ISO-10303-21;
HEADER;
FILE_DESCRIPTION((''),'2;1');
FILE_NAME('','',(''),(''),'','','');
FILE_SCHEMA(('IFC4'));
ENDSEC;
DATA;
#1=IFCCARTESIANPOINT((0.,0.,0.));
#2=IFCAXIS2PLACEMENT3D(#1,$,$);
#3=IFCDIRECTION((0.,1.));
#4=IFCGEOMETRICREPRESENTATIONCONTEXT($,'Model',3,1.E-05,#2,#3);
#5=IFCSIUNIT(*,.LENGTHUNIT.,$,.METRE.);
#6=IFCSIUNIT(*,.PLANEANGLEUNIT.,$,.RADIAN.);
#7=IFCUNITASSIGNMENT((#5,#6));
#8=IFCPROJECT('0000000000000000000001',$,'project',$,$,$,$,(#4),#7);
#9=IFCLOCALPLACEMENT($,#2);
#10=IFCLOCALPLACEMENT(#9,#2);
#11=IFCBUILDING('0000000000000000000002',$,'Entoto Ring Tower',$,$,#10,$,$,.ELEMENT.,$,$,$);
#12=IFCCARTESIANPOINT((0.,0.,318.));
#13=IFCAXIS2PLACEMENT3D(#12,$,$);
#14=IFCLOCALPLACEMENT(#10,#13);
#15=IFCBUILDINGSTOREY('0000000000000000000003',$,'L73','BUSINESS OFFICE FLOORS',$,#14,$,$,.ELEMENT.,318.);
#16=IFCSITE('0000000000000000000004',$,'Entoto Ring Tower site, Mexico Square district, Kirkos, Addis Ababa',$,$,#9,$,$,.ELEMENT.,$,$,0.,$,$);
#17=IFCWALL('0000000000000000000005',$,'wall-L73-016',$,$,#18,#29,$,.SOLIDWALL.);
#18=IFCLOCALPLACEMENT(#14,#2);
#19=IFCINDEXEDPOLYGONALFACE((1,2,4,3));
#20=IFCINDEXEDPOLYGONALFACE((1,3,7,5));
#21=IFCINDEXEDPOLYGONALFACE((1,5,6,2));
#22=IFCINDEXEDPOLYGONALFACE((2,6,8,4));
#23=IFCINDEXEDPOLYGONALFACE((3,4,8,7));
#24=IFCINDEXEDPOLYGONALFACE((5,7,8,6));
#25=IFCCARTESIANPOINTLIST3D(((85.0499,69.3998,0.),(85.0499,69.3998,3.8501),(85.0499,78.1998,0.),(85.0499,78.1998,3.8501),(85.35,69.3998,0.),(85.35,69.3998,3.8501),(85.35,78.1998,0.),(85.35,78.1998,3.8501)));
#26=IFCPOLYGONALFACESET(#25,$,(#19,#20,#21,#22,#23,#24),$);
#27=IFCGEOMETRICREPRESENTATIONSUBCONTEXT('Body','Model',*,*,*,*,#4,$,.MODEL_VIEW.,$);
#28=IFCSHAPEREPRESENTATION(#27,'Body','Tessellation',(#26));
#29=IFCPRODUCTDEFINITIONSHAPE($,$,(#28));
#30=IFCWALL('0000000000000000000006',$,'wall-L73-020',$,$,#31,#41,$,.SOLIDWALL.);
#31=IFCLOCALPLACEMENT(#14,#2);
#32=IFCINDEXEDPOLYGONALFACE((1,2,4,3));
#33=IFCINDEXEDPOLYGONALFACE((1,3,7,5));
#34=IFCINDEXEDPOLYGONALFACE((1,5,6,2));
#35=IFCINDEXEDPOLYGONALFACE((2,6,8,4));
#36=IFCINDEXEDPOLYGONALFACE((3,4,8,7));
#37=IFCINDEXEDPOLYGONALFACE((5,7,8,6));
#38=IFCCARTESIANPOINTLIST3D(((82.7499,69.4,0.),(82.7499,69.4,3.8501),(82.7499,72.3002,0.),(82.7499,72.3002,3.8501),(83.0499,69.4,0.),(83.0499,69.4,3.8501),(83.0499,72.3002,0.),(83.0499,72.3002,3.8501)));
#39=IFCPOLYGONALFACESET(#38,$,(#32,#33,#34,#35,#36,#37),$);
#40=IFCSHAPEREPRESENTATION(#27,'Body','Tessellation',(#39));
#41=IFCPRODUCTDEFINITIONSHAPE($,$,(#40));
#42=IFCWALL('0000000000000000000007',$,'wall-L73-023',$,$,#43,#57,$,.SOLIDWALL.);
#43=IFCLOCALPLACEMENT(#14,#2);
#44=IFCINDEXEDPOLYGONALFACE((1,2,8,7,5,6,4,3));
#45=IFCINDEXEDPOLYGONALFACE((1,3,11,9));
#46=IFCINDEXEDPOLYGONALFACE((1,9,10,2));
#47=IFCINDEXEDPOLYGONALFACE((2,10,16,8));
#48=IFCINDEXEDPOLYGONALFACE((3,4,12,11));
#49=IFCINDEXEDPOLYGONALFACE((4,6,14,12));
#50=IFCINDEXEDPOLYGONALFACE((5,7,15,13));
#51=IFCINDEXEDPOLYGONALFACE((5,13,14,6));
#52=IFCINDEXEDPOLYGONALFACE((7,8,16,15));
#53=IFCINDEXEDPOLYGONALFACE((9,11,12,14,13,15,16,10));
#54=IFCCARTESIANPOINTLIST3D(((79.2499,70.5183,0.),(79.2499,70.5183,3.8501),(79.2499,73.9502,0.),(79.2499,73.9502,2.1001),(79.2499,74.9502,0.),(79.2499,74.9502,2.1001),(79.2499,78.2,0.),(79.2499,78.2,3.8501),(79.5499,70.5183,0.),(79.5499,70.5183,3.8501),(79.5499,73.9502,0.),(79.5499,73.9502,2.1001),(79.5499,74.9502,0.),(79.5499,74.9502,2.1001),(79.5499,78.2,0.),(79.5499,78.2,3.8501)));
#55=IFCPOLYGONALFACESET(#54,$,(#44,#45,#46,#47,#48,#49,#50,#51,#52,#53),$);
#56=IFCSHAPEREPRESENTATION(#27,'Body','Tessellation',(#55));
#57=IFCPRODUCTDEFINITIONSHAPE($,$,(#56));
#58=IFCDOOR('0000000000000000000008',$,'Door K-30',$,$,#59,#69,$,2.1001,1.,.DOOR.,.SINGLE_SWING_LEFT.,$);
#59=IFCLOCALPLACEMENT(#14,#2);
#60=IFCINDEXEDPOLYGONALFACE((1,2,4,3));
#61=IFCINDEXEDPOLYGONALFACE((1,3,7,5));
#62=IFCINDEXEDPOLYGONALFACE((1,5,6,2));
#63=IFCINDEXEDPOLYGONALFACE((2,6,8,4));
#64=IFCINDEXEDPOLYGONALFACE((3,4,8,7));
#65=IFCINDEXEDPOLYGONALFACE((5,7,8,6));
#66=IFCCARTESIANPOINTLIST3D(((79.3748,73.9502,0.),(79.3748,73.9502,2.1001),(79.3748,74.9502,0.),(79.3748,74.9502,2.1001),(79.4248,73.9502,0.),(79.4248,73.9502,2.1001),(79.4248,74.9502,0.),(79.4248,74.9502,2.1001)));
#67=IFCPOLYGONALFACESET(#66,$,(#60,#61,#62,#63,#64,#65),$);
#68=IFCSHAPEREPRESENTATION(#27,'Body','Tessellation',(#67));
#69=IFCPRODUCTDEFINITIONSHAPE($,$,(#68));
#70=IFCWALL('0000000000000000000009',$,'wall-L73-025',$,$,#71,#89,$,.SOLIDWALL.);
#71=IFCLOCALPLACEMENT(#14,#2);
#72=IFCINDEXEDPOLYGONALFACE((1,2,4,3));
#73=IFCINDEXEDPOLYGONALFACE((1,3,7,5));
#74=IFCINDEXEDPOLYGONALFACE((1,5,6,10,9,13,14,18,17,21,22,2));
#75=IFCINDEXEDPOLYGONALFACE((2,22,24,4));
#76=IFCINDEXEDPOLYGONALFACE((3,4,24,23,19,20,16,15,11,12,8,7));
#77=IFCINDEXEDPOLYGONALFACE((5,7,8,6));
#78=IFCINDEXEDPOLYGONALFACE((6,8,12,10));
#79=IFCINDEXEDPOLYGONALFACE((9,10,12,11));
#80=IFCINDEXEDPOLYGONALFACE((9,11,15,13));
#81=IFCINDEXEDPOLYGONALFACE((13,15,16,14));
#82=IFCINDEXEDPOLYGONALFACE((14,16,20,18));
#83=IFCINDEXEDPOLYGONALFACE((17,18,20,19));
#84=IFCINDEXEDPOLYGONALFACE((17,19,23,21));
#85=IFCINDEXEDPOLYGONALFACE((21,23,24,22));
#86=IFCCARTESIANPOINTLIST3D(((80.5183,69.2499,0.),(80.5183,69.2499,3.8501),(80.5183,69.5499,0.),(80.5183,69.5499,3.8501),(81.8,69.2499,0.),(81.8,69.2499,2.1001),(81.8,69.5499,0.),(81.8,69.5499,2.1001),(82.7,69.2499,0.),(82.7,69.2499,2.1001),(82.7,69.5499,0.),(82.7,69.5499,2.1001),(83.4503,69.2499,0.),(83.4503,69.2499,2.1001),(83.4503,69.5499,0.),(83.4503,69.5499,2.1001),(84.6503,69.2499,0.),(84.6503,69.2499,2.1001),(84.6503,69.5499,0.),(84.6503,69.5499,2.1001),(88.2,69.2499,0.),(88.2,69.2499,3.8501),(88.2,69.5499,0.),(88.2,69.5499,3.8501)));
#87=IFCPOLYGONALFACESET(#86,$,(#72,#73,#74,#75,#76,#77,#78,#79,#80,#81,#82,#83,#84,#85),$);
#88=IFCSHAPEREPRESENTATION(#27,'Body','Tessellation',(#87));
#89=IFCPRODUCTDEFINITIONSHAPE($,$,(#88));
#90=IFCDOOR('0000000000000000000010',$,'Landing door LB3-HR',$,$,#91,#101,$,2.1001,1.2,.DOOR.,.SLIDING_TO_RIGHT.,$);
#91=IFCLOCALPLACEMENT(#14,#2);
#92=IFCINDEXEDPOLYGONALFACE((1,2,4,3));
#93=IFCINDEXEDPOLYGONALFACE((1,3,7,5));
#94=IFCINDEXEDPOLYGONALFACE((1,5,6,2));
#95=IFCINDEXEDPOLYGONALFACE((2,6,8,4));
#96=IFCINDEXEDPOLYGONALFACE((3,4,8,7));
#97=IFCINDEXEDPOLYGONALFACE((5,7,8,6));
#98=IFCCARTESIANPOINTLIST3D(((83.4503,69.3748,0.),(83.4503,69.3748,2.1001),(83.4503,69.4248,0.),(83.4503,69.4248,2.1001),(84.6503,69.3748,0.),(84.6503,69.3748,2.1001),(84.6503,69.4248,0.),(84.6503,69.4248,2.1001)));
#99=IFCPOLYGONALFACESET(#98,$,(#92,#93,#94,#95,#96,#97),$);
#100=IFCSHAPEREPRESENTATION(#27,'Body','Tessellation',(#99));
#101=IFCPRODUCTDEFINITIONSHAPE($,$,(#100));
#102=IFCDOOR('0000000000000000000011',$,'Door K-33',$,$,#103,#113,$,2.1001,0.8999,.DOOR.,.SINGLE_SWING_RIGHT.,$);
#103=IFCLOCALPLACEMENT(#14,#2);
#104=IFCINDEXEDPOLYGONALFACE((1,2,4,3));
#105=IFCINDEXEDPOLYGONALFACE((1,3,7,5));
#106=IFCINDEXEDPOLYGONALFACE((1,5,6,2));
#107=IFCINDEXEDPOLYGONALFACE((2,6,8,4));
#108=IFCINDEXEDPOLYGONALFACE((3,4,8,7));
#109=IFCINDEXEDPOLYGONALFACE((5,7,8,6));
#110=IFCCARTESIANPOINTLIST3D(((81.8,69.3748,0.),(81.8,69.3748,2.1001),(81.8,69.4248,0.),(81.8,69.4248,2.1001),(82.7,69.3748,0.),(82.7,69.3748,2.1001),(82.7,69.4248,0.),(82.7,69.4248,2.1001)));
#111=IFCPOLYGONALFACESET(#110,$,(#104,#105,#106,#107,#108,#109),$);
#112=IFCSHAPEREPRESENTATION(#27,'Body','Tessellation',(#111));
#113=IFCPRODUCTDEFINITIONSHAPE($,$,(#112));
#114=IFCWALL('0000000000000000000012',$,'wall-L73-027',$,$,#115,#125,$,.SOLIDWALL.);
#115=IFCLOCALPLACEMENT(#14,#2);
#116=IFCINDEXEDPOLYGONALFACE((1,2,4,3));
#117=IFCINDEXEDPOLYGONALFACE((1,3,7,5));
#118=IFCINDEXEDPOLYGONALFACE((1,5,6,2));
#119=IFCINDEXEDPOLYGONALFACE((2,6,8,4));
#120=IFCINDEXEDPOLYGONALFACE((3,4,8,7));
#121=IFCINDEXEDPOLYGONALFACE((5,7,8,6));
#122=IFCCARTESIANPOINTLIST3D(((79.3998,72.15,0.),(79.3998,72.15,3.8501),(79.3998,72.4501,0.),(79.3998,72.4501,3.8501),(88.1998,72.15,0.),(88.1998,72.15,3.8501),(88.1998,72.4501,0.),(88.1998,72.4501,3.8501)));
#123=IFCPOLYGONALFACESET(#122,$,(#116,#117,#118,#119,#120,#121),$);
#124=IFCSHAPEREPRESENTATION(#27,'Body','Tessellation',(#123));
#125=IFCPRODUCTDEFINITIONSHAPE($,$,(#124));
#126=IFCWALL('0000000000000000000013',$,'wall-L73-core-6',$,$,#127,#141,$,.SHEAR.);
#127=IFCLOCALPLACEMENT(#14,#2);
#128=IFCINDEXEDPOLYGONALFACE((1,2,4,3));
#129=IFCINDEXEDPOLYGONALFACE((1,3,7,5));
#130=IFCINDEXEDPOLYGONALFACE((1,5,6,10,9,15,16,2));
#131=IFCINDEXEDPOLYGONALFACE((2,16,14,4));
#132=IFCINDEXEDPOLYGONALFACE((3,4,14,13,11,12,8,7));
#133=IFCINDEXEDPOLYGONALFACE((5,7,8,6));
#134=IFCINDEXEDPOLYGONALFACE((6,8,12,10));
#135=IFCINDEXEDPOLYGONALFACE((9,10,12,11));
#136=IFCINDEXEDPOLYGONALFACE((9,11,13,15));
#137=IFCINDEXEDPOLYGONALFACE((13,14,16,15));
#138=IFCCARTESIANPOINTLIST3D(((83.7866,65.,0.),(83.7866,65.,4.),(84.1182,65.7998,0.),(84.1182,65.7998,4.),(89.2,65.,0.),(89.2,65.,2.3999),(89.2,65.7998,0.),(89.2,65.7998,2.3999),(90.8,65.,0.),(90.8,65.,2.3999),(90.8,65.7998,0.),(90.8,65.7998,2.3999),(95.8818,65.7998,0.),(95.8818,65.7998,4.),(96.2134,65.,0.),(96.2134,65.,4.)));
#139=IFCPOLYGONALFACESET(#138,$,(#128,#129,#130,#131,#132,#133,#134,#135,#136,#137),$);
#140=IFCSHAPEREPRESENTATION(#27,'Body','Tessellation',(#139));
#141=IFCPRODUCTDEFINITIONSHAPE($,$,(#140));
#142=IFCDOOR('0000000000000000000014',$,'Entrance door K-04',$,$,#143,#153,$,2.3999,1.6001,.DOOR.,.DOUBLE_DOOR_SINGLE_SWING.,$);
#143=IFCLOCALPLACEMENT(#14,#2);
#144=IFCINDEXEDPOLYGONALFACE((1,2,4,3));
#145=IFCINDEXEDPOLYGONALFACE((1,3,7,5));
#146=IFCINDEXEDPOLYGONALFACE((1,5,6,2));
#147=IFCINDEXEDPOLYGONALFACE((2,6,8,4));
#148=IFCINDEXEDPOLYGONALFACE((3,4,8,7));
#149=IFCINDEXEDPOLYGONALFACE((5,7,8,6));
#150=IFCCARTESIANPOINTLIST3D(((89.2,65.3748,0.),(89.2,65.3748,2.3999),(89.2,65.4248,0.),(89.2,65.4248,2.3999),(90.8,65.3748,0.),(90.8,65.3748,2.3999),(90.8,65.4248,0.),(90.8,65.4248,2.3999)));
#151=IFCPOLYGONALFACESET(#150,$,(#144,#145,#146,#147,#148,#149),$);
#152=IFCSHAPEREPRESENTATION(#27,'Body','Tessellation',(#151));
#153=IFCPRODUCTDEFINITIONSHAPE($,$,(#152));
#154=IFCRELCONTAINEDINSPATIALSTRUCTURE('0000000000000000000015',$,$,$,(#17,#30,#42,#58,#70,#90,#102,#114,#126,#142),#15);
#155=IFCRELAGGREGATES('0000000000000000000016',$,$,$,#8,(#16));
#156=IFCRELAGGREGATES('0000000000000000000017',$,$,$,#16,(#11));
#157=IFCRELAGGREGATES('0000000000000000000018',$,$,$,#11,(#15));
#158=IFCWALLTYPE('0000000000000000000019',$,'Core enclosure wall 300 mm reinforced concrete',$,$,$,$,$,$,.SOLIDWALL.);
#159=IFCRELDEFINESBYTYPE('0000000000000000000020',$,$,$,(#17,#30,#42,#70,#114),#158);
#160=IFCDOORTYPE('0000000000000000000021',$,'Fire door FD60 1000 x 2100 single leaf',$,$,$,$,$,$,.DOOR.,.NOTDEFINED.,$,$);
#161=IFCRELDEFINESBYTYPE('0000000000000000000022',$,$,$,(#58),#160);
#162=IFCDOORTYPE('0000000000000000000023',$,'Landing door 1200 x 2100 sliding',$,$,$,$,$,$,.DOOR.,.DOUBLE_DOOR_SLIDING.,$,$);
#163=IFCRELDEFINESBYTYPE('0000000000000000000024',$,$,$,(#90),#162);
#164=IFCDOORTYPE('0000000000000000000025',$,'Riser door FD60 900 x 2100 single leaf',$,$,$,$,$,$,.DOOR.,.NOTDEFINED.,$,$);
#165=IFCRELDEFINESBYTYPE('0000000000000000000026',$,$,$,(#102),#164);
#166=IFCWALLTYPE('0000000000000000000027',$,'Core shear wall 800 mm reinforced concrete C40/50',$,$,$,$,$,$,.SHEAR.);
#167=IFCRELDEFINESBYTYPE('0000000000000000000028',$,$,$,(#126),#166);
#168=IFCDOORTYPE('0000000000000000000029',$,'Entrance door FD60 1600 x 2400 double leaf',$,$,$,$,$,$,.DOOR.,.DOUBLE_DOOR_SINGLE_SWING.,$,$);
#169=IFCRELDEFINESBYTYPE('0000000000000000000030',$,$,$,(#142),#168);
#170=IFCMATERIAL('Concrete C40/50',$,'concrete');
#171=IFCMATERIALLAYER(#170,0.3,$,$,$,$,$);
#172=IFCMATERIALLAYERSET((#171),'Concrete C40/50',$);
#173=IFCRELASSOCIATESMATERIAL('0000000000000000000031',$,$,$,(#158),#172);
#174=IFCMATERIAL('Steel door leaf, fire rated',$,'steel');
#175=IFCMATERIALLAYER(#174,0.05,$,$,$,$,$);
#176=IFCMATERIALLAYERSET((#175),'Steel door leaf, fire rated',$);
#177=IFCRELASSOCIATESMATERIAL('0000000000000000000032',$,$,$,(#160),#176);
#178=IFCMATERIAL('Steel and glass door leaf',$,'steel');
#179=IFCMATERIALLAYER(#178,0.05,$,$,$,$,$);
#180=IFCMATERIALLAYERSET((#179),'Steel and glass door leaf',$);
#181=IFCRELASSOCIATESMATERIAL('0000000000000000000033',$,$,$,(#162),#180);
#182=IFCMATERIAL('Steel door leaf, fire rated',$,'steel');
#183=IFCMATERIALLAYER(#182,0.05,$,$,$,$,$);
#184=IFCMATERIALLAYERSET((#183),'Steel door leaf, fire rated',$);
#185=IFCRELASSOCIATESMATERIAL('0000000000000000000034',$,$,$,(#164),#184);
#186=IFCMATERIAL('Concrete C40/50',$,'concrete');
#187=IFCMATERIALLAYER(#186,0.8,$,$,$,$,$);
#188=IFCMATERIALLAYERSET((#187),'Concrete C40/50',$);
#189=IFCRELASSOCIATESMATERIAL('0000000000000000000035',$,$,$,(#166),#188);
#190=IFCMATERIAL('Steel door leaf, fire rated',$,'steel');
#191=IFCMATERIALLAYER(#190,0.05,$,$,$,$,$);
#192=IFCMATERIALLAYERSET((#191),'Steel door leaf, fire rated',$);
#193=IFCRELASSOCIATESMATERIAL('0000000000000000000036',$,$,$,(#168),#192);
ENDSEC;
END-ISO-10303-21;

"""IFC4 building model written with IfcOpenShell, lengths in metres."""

from ifc_helpers import new_model, si_unit, direction, frame, frame_2d, origin, place, context, subcontext, project, spatial, polyline, rectangle, outline, extrude, material, layer, layer_set, type_object, element, fill, save


model = new_model("IFC4")

# Units and contexts
model_context = context("Model", 3, precision=1e-05, world=origin(), true_north=direction((0.0, 1.0)))
body_context = subcontext(model_context, "Body", "Model", "MODEL_VIEW")
ifc_project = project(units=[si_unit("LENGTHUNIT", "METRE"), si_unit("PLANEANGLEUNIT", "RADIAN")], contexts=[model_context])

# Site, building, storey
site_placement = place(None, origin())
site = spatial("IfcSite", under=ifc_project, at=site_placement, Name="Entoto Ring Tower site, Mexico Square district, Kirkos, Addis Ababa", CompositionType="ELEMENT", RefElevation=0.0)
building_placement = place(site_placement, origin())
building = spatial("IfcBuilding", under=site, at=building_placement, Name="Entoto Ring Tower", CompositionType="ELEMENT")
storey_placement = place(building_placement, frame((0.0, 0.0, 318.0)))
storey = spatial("IfcBuildingStorey", under=building, at=storey_placement, Name="L73", Description="BUSINESS OFFICE FLOORS", CompositionType="ELEMENT", Elevation=318.0)

# Walls
ifc_material_1 = material(Name="Concrete C40/50", Category="concrete")
ifc_layer_1 = layer(ifc_material_1, 0.3)
ifc_layer_set_1 = layer_set([ifc_layer_1], Name="Concrete C40/50")
wall_type_1 = type_object("IfcWallType", Name="Core enclosure wall 300 mm reinforced concrete", PredefinedType="SOLIDWALL", material=ifc_layer_set_1)
wall_1_placement = place(storey_placement, frame((85.2, 69.3999, 0.0), z_axis=(0.0, 0.0, 1.0), x_axis=(0.0, 1.0, 0.0)))
element("IfcWall", 1, at=wall_1_placement, inside=storey, type_object=wall_type_1, Name="wall-L73-016", PredefinedType="SOLIDWALL", context=body_context, shape_type="SweptSolid", body=[
    extrude(rectangle(XDim=8.8, YDim=0.3, at=frame_2d((4.3999, 0.0))), origin(), (0.0, 0.0, 1.0), 3.8501),
])
wall_2_placement = place(storey_placement, frame((82.8999, 69.3999, 0.0), z_axis=(0.0, 0.0, 1.0), x_axis=(0.0, 1.0, 0.0)))
element("IfcWall", 2, at=wall_2_placement, inside=storey, type_object=wall_type_1, Name="wall-L73-020", PredefinedType="SOLIDWALL", context=body_context, shape_type="SweptSolid", body=[
    extrude(rectangle(XDim=2.9001, YDim=0.3, at=frame_2d((1.4502, 0.0))), origin(), (0.0, 0.0, 1.0), 3.8501),
])

# Wall, opening, door
wall_3_placement = place(storey_placement, frame((79.3999, 70.5183, 0.0), z_axis=(0.0, 0.0, 1.0), x_axis=(0.0, 1.0, 0.0)))
wall_3 = element("IfcWall", 3, at=wall_3_placement, inside=storey, type_object=wall_type_1, Name="wall-L73-023", PredefinedType="SOLIDWALL", context=body_context, shape_type="SweptSolid", body=[
    extrude(rectangle(XDim=7.6816, YDim=0.3, at=frame_2d((3.8408, 0.0))), origin(), (0.0, 0.0, 1.0), 3.8501),
])
opening_1_placement = place(wall_3_placement, frame((3.4319, 0.0, 0.0)))
opening_1 = element("IfcOpeningElement", 4, at=opening_1_placement, cuts=wall_3, PredefinedType="OPENING", context=body_context, shape_type="SweptSolid", body=[
    extrude(rectangle(XDim=1.0, YDim=2.1001, at=frame_2d((0.5, 1.05))), frame((0.0, 0.1602, 0.0), z_axis=(0.0, -1.0, 0.0), x_axis=(1.0, 0.0, 0.0)), (0.0, 0.0, 1.0), 0.3201),
])
ifc_material_2 = material(Name="Steel door leaf, fire rated", Category="steel")
ifc_layer_2 = layer(ifc_material_2, 0.05)
ifc_layer_set_2 = layer_set([ifc_layer_2], Name="Steel door leaf, fire rated")
door_type_1 = type_object("IfcDoorType", Name="Fire door FD60 1000 x 2100 single leaf", OperationType="NOTDEFINED", PredefinedType="DOOR", material=ifc_layer_set_2)
door_1_placement = place(opening_1_placement, frame((1.0, 0.0, 0.0), z_axis=(0.0, 0.0, 1.0), x_axis=(-1.0, 0.0, 0.0)))
door_1 = element("IfcDoor", 5, at=door_1_placement, inside=storey, type_object=door_type_1, Name="Door K-30", OperationType="SINGLE_SWING_LEFT", OverallHeight=2.1001, OverallWidth=1.0, PredefinedType="DOOR", context=body_context, shape_type="SweptSolid", body=[
    extrude(rectangle(XDim=1.0, YDim=2.1001, at=frame_2d((0.5, 1.05))), frame((0.0, 0.0249, 0.0), z_axis=(0.0, -1.0, 0.0), x_axis=(1.0, 0.0, 0.0)), (0.0, 0.0, 1.0), 0.05),
])
fill(opening_1, door_1)

# Wall, openings, doors
wall_4_placement = place(storey_placement, frame((80.5183, 69.3999, 0.0), z_axis=(0.0, 0.0, 1.0), x_axis=(1.0, 0.0, 0.0)))
wall_4 = element("IfcWall", 6, at=wall_4_placement, inside=storey, type_object=wall_type_1, Name="wall-L73-025", PredefinedType="SOLIDWALL", context=body_context, shape_type="SweptSolid", body=[
    extrude(rectangle(XDim=7.6816, YDim=0.3, at=frame_2d((3.8408, 0.0))), origin(), (0.0, 0.0, 1.0), 3.8501),
])
opening_2_placement = place(wall_4_placement, frame((2.9319, 0.0, 0.0)))
opening_2 = element("IfcOpeningElement", 7, at=opening_2_placement, cuts=wall_4, PredefinedType="OPENING", context=body_context, shape_type="SweptSolid", body=[
    extrude(rectangle(XDim=1.2, YDim=2.1001, at=frame_2d((0.6001, 1.05))), frame((0.0, 0.1602, 0.0), z_axis=(0.0, -1.0, 0.0), x_axis=(1.0, 0.0, 0.0)), (0.0, 0.0, 1.0), 0.3201),
])
opening_3_placement = place(wall_4_placement, frame((1.2817, 0.0, 0.0)))
opening_3 = element("IfcOpeningElement", 8, at=opening_3_placement, cuts=wall_4, PredefinedType="OPENING", context=body_context, shape_type="SweptSolid", body=[
    extrude(rectangle(XDim=0.8999, YDim=2.1001, at=frame_2d((0.45, 1.05))), frame((0.0, 0.1602, 0.0), z_axis=(0.0, -1.0, 0.0), x_axis=(1.0, 0.0, 0.0)), (0.0, 0.0, 1.0), 0.3201),
])
ifc_material_3 = material(Name="Steel and glass door leaf", Category="steel")
ifc_layer_3 = layer(ifc_material_3, 0.05)
ifc_layer_set_3 = layer_set([ifc_layer_3], Name="Steel and glass door leaf")
door_type_2 = type_object("IfcDoorType", Name="Landing door 1200 x 2100 sliding", OperationType="DOUBLE_DOOR_SLIDING", PredefinedType="DOOR", material=ifc_layer_set_3)
door_2_placement = place(opening_2_placement, origin())
door_2 = element("IfcDoor", 9, at=door_2_placement, inside=storey, type_object=door_type_2, Name="Landing door LB3-HR", OperationType="SLIDING_TO_RIGHT", OverallHeight=2.1001, OverallWidth=1.2, PredefinedType="DOOR", context=body_context, shape_type="SweptSolid", body=[
    extrude(rectangle(XDim=1.2, YDim=2.1001, at=frame_2d((0.6001, 1.05))), frame((0.0, 0.0249, 0.0), z_axis=(0.0, -1.0, 0.0), x_axis=(1.0, 0.0, 0.0)), (0.0, 0.0, 1.0), 0.05),
])
fill(opening_2, door_2)
ifc_material_4 = material(Name="Steel door leaf, fire rated", Category="steel")
ifc_layer_4 = layer(ifc_material_4, 0.05)
ifc_layer_set_4 = layer_set([ifc_layer_4], Name="Steel door leaf, fire rated")
door_type_3 = type_object("IfcDoorType", Name="Riser door FD60 900 x 2100 single leaf", OperationType="NOTDEFINED", PredefinedType="DOOR", material=ifc_layer_set_4)
door_3_placement = place(opening_3_placement, origin())
door_3 = element("IfcDoor", 10, at=door_3_placement, inside=storey, type_object=door_type_3, Name="Door K-33", OperationType="SINGLE_SWING_RIGHT", OverallHeight=2.1001, OverallWidth=0.8999, PredefinedType="DOOR", context=body_context, shape_type="SweptSolid", body=[
    extrude(rectangle(XDim=0.8999, YDim=2.1001, at=frame_2d((0.45, 1.05))), frame((0.0, 0.0249, 0.0), z_axis=(0.0, -1.0, 0.0), x_axis=(1.0, 0.0, 0.0)), (0.0, 0.0, 1.0), 0.05),
])
fill(opening_3, door_3)

# Wall
wall_5_placement = place(storey_placement, frame((79.3999, 72.3, 0.0), z_axis=(0.0, 0.0, 1.0), x_axis=(1.0, 0.0, 0.0)))
element("IfcWall", 11, at=wall_5_placement, inside=storey, type_object=wall_type_1, Name="wall-L73-027", PredefinedType="SOLIDWALL", context=body_context, shape_type="SweptSolid", body=[
    extrude(rectangle(XDim=8.8, YDim=0.3, at=frame_2d((4.3999, 0.0))), origin(), (0.0, 0.0, 1.0), 3.8501),
])

# Wall, opening, door
ifc_material_5 = material(Name="Concrete C40/50", Category="concrete")
ifc_layer_5 = layer(ifc_material_5, 0.8)
ifc_layer_set_5 = layer_set([ifc_layer_5], Name="Concrete C40/50")
wall_type_2 = type_object("IfcWallType", Name="Core shear wall 800 mm reinforced concrete C40/50", PredefinedType="SHEAR", material=ifc_layer_set_5)
wall_6_placement = place(storey_placement, frame((83.9524, 65.3999, 0.0), z_axis=(0.0, 0.0, 1.0), x_axis=(1.0, 0.0, 0.0)))
wall_6 = element("IfcWall", 12, at=wall_6_placement, inside=storey, type_object=wall_type_2, Name="wall-L73-core-6", PredefinedType="SHEAR", context=body_context, shape_type="SweptSolid", body=[
    extrude(outline(polyline([(-0.1658, -0.3999), (12.261, -0.3999), (11.9294, 0.3999), (0.1658, 0.3999), (-0.1658, -0.3999)])), origin(), (0.0, 0.0, 1.0), 4.0),
])
opening_4_placement = place(wall_6_placement, frame((5.2476, 0.0, 0.0)))
opening_4 = element("IfcOpeningElement", 13, at=opening_4_placement, cuts=wall_6, PredefinedType="OPENING", context=body_context, shape_type="SweptSolid", body=[
    extrude(rectangle(XDim=1.6001, YDim=2.3999, at=frame_2d((0.8, 1.2))), frame((0.0, 0.4102, 0.0), z_axis=(0.0, -1.0, 0.0), x_axis=(1.0, 0.0, 0.0)), (0.0, 0.0, 1.0), 0.8201),
])
ifc_material_6 = material(Name="Steel door leaf, fire rated", Category="steel")
ifc_layer_6 = layer(ifc_material_6, 0.05)
ifc_layer_set_6 = layer_set([ifc_layer_6], Name="Steel door leaf, fire rated")
door_type_4 = type_object("IfcDoorType", Name="Entrance door FD60 1600 x 2400 double leaf", OperationType="DOUBLE_DOOR_SINGLE_SWING", PredefinedType="DOOR", material=ifc_layer_set_6)
door_4_placement = place(opening_4_placement, origin())
door_4 = element("IfcDoor", 14, at=door_4_placement, inside=storey, type_object=door_type_4, Name="Entrance door K-04", OperationType="DOUBLE_DOOR_SINGLE_SWING", OverallHeight=2.3999, OverallWidth=1.6001, PredefinedType="DOOR", context=body_context, shape_type="SweptSolid", body=[
    extrude(rectangle(XDim=1.6001, YDim=2.3999, at=frame_2d((0.8, 1.2))), frame((0.0, 0.0249, 0.0), z_axis=(0.0, -1.0, 0.0), x_axis=(1.0, 0.0, 0.0)), (0.0, 0.0, 1.0), 0.05),
])
fill(opening_4, door_4)

save(model, "model.ifc")
